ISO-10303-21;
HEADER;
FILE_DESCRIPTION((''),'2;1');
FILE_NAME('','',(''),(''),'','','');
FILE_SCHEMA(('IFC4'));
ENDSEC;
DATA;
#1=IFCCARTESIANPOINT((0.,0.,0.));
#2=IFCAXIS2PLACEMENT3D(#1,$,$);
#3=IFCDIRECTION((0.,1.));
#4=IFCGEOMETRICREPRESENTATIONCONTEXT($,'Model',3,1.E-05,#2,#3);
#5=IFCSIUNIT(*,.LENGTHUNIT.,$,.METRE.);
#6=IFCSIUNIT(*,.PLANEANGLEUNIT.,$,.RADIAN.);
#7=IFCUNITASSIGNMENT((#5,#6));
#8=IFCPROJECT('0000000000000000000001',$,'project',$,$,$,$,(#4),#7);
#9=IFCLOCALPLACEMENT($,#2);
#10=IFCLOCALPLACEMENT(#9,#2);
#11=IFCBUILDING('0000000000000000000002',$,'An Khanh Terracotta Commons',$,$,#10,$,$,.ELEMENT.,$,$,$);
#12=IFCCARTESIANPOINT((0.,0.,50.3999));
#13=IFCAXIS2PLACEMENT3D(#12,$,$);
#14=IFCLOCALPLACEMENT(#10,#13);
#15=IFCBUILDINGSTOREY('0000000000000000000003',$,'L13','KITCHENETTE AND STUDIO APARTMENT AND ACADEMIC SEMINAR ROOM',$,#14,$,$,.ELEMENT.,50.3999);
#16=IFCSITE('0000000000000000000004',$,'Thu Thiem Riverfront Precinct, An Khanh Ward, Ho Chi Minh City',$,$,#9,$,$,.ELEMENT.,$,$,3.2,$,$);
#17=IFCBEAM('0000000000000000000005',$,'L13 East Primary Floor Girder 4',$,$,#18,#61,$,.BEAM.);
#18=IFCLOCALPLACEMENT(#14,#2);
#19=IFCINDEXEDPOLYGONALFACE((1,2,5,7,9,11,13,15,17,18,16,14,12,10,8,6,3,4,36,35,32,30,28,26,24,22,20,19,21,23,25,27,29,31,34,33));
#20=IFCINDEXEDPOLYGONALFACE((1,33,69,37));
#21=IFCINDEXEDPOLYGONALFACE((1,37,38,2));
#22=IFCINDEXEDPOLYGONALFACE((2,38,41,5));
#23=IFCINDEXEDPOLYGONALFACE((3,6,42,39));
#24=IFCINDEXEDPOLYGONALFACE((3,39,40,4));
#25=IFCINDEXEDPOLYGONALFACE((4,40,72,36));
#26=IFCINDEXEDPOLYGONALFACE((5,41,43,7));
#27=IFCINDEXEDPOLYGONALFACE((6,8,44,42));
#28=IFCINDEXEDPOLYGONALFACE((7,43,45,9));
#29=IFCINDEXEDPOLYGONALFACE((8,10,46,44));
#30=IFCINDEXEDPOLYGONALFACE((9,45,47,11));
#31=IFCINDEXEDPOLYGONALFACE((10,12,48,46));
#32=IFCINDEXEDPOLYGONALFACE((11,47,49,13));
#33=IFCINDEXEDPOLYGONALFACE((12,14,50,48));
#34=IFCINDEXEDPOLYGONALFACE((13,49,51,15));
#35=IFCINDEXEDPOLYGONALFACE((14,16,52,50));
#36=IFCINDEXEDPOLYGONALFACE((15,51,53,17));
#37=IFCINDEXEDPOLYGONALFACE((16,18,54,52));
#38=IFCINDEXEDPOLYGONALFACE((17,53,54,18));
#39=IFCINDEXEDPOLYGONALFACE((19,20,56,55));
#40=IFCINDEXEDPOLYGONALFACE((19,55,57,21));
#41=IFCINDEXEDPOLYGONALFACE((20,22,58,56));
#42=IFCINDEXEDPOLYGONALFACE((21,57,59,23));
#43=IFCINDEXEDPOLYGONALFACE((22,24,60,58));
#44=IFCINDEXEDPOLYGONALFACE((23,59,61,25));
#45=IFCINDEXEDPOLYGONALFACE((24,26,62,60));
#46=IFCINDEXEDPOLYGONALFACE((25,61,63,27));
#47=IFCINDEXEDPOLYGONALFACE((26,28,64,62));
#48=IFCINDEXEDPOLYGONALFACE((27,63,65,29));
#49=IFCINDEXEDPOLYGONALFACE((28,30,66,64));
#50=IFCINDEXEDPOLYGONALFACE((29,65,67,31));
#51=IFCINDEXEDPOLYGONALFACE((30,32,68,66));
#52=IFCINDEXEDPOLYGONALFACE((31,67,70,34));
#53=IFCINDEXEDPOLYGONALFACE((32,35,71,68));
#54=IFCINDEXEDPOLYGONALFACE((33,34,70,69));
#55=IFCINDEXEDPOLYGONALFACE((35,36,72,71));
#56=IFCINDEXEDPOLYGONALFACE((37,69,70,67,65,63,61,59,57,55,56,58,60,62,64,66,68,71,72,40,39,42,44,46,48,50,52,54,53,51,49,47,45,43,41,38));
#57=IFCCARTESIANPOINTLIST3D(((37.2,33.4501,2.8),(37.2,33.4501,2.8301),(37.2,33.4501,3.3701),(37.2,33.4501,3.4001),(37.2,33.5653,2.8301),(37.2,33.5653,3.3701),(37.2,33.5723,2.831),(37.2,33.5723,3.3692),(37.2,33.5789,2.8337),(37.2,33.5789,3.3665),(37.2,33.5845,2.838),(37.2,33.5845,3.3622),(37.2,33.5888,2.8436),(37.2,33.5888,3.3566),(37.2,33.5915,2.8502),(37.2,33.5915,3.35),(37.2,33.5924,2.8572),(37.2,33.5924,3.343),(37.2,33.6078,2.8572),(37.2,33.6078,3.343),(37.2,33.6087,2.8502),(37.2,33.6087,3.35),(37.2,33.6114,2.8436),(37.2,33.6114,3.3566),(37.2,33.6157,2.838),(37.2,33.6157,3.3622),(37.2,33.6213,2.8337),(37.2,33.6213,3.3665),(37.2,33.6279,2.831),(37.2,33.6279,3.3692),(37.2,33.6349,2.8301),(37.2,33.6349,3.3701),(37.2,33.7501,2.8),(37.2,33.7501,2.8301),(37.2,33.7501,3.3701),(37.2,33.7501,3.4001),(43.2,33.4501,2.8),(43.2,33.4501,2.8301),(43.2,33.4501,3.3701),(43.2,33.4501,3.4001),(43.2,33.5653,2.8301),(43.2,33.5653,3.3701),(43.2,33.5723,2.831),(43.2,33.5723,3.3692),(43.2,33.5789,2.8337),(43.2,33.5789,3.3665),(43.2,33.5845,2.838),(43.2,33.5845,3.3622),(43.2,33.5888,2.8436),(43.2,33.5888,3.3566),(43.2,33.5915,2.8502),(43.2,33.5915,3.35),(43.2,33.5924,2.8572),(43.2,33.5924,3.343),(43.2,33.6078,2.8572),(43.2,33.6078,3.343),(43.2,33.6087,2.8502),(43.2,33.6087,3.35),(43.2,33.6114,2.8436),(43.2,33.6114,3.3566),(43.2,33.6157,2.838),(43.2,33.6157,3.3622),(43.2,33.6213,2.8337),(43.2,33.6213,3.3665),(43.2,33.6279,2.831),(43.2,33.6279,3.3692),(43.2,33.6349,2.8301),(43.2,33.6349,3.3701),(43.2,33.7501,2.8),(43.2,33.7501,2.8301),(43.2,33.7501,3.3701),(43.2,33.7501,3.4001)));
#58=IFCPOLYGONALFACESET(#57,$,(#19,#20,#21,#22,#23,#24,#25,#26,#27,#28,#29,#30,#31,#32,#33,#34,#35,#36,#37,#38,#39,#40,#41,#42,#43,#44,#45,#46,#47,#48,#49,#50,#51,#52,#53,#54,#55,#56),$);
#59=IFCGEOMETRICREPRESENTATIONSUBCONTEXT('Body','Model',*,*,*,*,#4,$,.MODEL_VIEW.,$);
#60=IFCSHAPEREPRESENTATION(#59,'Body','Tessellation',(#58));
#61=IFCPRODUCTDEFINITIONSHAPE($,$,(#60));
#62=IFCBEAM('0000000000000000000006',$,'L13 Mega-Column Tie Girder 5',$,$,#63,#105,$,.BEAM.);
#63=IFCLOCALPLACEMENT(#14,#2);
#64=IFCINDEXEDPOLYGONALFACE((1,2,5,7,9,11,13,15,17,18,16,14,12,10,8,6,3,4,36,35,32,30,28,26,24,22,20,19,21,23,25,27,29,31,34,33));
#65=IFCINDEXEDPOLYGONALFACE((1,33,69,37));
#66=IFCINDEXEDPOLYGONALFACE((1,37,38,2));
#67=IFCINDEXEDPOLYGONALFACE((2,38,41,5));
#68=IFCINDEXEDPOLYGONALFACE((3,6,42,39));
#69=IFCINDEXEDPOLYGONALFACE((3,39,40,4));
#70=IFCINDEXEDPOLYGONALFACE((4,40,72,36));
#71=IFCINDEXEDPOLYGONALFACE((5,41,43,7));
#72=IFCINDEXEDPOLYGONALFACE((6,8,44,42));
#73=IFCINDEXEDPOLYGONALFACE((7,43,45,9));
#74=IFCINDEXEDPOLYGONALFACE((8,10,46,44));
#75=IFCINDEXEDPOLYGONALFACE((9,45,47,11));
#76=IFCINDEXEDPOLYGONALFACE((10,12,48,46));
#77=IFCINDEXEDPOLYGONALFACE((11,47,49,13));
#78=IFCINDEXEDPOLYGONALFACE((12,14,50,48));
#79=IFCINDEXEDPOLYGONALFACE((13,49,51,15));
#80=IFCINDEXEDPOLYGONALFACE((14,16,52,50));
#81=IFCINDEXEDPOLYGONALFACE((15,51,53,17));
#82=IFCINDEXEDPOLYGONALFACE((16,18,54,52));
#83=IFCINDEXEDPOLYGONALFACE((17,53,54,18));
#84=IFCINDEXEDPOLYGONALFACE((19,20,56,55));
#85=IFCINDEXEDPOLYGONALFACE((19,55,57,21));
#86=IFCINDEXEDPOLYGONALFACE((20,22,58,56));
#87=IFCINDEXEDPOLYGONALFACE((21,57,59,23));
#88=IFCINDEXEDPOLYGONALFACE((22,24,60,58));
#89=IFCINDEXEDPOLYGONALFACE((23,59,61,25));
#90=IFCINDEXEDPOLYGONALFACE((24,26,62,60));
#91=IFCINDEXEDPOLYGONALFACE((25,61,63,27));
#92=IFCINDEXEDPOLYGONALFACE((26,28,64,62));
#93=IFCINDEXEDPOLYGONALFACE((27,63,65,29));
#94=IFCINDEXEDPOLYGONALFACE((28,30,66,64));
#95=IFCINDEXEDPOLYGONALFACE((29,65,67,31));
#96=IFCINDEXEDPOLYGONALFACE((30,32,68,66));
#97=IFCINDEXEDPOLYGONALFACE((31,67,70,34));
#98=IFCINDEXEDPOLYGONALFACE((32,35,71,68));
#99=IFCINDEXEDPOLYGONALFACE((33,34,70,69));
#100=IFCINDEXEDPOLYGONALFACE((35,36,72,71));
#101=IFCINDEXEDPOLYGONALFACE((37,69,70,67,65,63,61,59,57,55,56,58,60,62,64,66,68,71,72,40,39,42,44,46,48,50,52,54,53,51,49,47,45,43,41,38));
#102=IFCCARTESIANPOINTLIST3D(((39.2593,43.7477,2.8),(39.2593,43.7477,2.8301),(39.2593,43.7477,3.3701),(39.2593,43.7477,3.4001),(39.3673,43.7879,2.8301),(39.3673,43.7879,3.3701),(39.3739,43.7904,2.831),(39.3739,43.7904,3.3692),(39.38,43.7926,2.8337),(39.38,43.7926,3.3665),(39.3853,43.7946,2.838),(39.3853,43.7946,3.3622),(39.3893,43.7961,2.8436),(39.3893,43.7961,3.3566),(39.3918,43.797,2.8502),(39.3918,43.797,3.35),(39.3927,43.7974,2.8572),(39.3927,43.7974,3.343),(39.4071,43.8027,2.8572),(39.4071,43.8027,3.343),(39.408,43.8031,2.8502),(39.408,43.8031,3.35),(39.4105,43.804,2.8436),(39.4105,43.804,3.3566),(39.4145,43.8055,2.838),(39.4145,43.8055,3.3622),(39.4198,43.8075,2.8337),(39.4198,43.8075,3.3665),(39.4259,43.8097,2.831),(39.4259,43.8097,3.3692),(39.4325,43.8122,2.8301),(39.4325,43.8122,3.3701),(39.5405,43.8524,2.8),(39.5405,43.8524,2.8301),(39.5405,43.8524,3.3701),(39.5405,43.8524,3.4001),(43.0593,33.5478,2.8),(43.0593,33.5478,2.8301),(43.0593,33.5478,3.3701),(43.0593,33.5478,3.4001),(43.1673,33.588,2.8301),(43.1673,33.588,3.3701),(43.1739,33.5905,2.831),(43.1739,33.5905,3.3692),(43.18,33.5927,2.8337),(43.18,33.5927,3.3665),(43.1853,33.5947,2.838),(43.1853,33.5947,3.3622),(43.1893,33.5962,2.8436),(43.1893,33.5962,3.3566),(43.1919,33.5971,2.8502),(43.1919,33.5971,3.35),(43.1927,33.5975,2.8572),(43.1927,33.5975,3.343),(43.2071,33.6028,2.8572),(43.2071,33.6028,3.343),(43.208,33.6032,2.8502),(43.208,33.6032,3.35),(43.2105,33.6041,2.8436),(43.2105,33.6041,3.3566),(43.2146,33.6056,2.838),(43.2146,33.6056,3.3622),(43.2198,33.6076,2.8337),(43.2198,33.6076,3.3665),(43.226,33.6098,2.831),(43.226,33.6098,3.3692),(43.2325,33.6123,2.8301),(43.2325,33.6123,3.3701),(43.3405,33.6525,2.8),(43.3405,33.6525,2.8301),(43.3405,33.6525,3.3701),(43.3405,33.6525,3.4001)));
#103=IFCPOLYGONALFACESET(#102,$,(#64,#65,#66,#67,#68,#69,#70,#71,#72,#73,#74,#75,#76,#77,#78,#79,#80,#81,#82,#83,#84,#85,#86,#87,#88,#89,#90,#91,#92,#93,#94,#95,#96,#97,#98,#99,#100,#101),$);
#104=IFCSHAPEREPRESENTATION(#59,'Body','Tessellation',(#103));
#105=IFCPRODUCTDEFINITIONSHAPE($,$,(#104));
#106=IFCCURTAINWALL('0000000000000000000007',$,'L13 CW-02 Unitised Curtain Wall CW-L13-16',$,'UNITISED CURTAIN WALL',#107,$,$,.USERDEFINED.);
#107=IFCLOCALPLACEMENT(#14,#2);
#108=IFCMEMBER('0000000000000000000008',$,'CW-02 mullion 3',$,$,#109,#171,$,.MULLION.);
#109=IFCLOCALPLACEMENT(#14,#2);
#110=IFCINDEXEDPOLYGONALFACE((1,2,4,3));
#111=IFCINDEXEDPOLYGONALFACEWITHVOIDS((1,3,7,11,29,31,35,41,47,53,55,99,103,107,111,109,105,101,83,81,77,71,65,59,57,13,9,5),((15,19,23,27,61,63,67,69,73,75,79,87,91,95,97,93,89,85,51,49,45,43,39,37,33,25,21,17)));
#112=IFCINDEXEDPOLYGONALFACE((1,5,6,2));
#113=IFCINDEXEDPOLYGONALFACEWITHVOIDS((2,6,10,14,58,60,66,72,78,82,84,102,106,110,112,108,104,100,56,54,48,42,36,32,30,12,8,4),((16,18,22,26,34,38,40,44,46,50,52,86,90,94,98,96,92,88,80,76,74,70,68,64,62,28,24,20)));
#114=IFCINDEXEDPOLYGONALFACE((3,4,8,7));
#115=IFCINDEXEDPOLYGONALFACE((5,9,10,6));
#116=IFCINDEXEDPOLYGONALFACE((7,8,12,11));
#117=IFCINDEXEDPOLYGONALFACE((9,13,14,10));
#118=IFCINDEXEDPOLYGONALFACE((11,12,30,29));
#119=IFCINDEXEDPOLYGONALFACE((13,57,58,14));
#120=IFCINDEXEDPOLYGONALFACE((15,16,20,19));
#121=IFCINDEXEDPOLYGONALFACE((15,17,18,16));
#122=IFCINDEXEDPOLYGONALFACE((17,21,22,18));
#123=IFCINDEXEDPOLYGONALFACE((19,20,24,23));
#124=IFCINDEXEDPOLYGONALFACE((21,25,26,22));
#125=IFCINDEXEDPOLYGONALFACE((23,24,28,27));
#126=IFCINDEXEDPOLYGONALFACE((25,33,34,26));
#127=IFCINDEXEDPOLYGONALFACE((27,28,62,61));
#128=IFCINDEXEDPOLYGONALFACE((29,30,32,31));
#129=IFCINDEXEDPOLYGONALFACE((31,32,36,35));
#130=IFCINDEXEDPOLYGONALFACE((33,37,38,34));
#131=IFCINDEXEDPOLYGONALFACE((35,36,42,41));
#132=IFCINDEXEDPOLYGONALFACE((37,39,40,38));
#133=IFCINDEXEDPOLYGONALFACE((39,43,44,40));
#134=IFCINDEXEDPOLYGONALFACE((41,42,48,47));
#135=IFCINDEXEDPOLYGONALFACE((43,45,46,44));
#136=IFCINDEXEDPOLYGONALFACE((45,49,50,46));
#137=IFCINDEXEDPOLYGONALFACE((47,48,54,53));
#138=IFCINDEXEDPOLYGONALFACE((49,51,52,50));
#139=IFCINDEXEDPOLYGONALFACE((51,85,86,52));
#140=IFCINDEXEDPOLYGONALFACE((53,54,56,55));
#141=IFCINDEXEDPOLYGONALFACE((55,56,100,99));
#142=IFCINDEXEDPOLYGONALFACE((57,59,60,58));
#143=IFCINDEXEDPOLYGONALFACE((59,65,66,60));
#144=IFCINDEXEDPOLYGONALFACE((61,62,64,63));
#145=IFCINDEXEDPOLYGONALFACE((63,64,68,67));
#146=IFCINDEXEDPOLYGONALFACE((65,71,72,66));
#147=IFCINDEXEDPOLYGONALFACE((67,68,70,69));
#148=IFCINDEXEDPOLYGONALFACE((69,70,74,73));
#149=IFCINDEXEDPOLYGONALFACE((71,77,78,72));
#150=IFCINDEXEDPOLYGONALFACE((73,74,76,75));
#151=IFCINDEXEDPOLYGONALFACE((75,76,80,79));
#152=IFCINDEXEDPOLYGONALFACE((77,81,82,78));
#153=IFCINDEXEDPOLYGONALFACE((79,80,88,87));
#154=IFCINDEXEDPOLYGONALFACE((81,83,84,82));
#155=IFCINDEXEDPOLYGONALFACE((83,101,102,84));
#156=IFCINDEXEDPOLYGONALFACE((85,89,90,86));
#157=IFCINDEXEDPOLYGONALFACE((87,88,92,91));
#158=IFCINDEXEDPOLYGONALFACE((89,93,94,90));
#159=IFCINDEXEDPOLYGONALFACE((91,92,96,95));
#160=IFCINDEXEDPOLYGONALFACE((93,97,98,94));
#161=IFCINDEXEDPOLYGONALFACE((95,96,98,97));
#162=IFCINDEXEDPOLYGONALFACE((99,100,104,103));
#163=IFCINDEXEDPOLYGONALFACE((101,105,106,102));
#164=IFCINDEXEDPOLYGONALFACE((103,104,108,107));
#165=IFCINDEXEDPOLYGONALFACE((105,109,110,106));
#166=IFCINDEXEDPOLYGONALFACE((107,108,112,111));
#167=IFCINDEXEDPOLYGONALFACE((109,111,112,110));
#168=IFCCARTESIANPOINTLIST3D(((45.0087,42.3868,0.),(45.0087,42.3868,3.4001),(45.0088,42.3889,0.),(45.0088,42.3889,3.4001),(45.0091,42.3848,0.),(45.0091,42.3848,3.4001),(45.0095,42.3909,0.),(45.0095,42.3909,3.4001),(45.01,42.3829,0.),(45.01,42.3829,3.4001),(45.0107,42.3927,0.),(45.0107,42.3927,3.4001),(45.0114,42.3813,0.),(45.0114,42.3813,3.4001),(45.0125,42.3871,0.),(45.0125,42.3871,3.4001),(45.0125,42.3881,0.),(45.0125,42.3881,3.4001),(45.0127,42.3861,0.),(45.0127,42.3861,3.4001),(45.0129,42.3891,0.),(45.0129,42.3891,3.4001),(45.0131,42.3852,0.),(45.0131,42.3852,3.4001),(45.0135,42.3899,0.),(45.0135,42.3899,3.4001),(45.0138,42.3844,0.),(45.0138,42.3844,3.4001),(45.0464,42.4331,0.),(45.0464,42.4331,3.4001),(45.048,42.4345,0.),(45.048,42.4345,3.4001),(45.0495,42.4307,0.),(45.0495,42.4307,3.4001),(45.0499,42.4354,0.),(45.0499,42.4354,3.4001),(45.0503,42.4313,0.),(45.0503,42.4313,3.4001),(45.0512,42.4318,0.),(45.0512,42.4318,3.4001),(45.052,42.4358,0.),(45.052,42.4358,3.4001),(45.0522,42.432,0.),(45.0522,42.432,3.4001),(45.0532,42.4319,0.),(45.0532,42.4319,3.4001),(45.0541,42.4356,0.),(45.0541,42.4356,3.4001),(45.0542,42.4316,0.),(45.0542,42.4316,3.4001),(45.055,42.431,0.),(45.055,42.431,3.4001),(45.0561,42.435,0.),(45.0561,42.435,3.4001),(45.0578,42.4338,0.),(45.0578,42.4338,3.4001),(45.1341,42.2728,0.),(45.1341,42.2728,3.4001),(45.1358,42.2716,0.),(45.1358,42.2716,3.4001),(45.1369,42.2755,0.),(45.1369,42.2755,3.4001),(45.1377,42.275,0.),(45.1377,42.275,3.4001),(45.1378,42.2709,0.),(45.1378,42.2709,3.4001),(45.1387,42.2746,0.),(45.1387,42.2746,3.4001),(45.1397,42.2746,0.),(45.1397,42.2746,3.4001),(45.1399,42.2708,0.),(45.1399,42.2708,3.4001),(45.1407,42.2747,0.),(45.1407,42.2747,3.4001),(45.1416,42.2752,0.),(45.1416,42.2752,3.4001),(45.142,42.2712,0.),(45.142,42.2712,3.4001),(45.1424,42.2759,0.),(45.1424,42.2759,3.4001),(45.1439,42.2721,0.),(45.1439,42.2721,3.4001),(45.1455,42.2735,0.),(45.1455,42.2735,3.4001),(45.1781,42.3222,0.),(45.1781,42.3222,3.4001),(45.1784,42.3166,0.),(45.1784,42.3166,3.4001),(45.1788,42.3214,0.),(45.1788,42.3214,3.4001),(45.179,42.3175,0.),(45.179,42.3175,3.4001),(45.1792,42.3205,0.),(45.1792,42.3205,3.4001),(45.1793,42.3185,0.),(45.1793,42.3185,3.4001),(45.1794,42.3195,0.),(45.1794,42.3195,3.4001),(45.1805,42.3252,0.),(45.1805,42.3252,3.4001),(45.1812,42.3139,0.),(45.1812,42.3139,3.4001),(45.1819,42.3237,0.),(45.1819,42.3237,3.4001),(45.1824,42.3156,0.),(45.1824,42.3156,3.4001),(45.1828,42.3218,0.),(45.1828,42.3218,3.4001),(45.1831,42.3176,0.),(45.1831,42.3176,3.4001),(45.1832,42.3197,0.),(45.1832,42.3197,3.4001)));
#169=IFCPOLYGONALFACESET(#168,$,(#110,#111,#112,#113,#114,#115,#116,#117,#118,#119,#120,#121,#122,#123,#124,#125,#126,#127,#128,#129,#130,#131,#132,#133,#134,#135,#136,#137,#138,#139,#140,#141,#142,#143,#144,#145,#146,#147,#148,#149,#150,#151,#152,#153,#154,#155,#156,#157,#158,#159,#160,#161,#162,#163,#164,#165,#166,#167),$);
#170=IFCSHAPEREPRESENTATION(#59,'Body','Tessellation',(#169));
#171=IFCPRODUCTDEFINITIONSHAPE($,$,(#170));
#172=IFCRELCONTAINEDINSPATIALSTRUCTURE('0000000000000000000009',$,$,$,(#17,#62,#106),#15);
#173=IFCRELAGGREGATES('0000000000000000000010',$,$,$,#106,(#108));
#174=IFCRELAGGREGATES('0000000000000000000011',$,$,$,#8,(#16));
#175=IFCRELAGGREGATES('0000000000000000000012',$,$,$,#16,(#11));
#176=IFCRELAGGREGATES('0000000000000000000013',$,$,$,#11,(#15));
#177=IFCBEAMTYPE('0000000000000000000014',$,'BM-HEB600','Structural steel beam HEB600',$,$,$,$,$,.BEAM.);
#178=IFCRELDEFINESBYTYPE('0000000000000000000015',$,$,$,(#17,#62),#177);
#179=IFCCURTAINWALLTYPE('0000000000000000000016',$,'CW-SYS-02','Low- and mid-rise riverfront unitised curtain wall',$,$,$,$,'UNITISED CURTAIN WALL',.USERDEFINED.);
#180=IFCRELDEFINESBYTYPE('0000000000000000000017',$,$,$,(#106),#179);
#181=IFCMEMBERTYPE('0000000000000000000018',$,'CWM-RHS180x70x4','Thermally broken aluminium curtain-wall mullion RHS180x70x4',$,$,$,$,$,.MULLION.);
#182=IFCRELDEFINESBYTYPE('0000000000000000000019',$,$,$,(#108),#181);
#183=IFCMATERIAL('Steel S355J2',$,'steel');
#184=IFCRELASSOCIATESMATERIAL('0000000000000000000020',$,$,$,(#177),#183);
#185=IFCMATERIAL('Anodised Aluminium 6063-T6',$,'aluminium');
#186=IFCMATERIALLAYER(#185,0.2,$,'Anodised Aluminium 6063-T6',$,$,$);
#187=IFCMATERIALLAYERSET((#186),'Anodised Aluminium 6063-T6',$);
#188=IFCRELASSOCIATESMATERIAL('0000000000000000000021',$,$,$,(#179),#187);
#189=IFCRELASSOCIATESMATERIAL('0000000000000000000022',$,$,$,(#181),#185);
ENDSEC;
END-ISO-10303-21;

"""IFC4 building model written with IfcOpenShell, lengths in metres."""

from ifc_helpers import new_model, si_unit, direction, frame, origin, origin_2d, place, context, subcontext, project, spatial, hollow_rectangle, i_section, extrude, material, layer, layer_set, material_profile, profile_set, type_object, element, aggregate, save


model = new_model("IFC4")

# Units and contexts
model_context = context("Model", 3, precision=1e-05, world=origin(), true_north=direction((0.0, 1.0)))
body_context = subcontext(model_context, "Body", "Model", "MODEL_VIEW")
ifc_project = project(units=[si_unit("LENGTHUNIT", "METRE"), si_unit("PLANEANGLEUNIT", "RADIAN")], contexts=[model_context])

# Site, building, storey
site_placement = place(None, origin())
site = spatial("IfcSite", under=ifc_project, at=site_placement, Name="Thu Thiem Riverfront Precinct, An Khanh Ward, Ho Chi Minh City", CompositionType="ELEMENT", RefElevation=3.2)
building_placement = place(site_placement, origin())
building = spatial("IfcBuilding", under=site, at=building_placement, Name="An Khanh Terracotta Commons", CompositionType="ELEMENT")
storey_placement = place(building_placement, frame((0.0, 0.0, 50.3999)))
storey = spatial("IfcBuildingStorey", under=building, at=storey_placement, Name="L13", Description="KITCHENETTE AND STUDIO APARTMENT AND ACADEMIC SEMINAR ROOM", CompositionType="ELEMENT", Elevation=50.3999)

# Beams
ifc_material_1 = material(Name="Steel S355J2", Category="steel")
ifc_material_profile_1 = material_profile(ifc_material_1, i_section(OverallWidth=0.3, OverallDepth=0.6001, WebThickness=0.0154, FlangeThickness=0.03, FilletRadius=0.0271, at=origin_2d()), Name="HEB600")
ifc_profile_set_1 = profile_set([ifc_material_profile_1], Name="Steel S355J2")
beam_type_1 = type_object("IfcBeamType", Name="BM-HEB600", Description="Structural steel beam HEB600", PredefinedType="BEAM", material=ifc_profile_set_1)
beam_1_placement = place(storey_placement, frame((37.2, 33.6001, 3.1001), z_axis=(1.0, 0.0, 0.0), x_axis=(0.0, 1.0, 0.0)))
element("IfcBeam", 1, at=beam_1_placement, inside=storey, type_object=beam_type_1, Name="L13 East Primary Floor Girder 4", PredefinedType="BEAM", context=body_context, shape_type="SweptSolid", body=[
    extrude(i_section(OverallWidth=0.3, OverallDepth=0.6001, WebThickness=0.0154, FlangeThickness=0.03, FilletRadius=0.0271, at=origin_2d()), origin(), (0.0, 0.0, 1.0), 6.0),
])
beam_2_placement = place(storey_placement, frame((39.3999, 43.8, 3.1001), z_axis=(0.349114, -0.93708, 0.0), x_axis=(0.93708, 0.349114, 0.0)))
element("IfcBeam", 2, at=beam_2_placement, inside=storey, type_object=beam_type_1, Name="L13 Mega-Column Tie Girder 5", PredefinedType="BEAM", context=body_context, shape_type="SweptSolid", body=[
    extrude(i_section(OverallWidth=0.3, OverallDepth=0.6001, WebThickness=0.0154, FlangeThickness=0.03, FilletRadius=0.0271, at=origin_2d()), origin(), (0.0, 0.0, 1.0), 10.8848),
])

# Curtain wall, member
ifc_material_2 = material(Name="Anodised Aluminium 6063-T6", Category="aluminium")
ifc_layer_1 = layer(ifc_material_2, 0.2, Name="Anodised Aluminium 6063-T6")
ifc_layer_set_1 = layer_set([ifc_layer_1], Name="Anodised Aluminium 6063-T6")
curtain_wall_type = type_object("IfcCurtainWallType", Name="CW-SYS-02", Description="Low- and mid-rise riverfront unitised curtain wall", ElementType="UNITISED CURTAIN WALL", PredefinedType="USERDEFINED", material=ifc_layer_set_1)
curtain_wall_placement = place(storey_placement, origin())
curtain_wall = element("IfcCurtainWall", 3, at=curtain_wall_placement, inside=storey, type_object=curtain_wall_type, Name="L13 CW-02 Unitised Curtain Wall CW-L13-16", ObjectType="UNITISED CURTAIN WALL", PredefinedType="USERDEFINED")
ifc_material_profile_2 = material_profile(ifc_material_2, hollow_rectangle(XDim=0.0701, YDim=0.1799, WallThickness=0.0039, InnerFilletRadius=0.0039, OuterFilletRadius=0.0081, at=origin_2d()), Name="RHS180x70x4")
ifc_profile_set_2 = profile_set([ifc_material_profile_2], Name="Anodised Aluminium 6063-T6")
member_type_1 = type_object("IfcMemberType", Name="CWM-RHS180x70x4", Description="Thermally broken aluminium curtain-wall mullion RHS180x70x4", PredefinedType="MULLION", material=ifc_profile_set_2)
member_1_placement = place(storey_placement, frame((45.0959, 42.3533, 0.0), z_axis=(0.0, 0.0, 1.0), x_axis=(-0.662548, -0.749019, 0.0)))
member_1 = element("IfcMember", 4, at=member_1_placement, type_object=member_type_1, Name="CW-02 mullion 3", PredefinedType="MULLION", context=body_context, shape_type="SweptSolid", body=[
    extrude(hollow_rectangle(XDim=0.0701, YDim=0.1799, WallThickness=0.0039, InnerFilletRadius=0.0039, OuterFilletRadius=0.0081, at=origin_2d()), origin(), (0.0, 0.0, 1.0), 3.4001),
])
aggregate(curtain_wall, [member_1])

save(model, "model.ifc")
